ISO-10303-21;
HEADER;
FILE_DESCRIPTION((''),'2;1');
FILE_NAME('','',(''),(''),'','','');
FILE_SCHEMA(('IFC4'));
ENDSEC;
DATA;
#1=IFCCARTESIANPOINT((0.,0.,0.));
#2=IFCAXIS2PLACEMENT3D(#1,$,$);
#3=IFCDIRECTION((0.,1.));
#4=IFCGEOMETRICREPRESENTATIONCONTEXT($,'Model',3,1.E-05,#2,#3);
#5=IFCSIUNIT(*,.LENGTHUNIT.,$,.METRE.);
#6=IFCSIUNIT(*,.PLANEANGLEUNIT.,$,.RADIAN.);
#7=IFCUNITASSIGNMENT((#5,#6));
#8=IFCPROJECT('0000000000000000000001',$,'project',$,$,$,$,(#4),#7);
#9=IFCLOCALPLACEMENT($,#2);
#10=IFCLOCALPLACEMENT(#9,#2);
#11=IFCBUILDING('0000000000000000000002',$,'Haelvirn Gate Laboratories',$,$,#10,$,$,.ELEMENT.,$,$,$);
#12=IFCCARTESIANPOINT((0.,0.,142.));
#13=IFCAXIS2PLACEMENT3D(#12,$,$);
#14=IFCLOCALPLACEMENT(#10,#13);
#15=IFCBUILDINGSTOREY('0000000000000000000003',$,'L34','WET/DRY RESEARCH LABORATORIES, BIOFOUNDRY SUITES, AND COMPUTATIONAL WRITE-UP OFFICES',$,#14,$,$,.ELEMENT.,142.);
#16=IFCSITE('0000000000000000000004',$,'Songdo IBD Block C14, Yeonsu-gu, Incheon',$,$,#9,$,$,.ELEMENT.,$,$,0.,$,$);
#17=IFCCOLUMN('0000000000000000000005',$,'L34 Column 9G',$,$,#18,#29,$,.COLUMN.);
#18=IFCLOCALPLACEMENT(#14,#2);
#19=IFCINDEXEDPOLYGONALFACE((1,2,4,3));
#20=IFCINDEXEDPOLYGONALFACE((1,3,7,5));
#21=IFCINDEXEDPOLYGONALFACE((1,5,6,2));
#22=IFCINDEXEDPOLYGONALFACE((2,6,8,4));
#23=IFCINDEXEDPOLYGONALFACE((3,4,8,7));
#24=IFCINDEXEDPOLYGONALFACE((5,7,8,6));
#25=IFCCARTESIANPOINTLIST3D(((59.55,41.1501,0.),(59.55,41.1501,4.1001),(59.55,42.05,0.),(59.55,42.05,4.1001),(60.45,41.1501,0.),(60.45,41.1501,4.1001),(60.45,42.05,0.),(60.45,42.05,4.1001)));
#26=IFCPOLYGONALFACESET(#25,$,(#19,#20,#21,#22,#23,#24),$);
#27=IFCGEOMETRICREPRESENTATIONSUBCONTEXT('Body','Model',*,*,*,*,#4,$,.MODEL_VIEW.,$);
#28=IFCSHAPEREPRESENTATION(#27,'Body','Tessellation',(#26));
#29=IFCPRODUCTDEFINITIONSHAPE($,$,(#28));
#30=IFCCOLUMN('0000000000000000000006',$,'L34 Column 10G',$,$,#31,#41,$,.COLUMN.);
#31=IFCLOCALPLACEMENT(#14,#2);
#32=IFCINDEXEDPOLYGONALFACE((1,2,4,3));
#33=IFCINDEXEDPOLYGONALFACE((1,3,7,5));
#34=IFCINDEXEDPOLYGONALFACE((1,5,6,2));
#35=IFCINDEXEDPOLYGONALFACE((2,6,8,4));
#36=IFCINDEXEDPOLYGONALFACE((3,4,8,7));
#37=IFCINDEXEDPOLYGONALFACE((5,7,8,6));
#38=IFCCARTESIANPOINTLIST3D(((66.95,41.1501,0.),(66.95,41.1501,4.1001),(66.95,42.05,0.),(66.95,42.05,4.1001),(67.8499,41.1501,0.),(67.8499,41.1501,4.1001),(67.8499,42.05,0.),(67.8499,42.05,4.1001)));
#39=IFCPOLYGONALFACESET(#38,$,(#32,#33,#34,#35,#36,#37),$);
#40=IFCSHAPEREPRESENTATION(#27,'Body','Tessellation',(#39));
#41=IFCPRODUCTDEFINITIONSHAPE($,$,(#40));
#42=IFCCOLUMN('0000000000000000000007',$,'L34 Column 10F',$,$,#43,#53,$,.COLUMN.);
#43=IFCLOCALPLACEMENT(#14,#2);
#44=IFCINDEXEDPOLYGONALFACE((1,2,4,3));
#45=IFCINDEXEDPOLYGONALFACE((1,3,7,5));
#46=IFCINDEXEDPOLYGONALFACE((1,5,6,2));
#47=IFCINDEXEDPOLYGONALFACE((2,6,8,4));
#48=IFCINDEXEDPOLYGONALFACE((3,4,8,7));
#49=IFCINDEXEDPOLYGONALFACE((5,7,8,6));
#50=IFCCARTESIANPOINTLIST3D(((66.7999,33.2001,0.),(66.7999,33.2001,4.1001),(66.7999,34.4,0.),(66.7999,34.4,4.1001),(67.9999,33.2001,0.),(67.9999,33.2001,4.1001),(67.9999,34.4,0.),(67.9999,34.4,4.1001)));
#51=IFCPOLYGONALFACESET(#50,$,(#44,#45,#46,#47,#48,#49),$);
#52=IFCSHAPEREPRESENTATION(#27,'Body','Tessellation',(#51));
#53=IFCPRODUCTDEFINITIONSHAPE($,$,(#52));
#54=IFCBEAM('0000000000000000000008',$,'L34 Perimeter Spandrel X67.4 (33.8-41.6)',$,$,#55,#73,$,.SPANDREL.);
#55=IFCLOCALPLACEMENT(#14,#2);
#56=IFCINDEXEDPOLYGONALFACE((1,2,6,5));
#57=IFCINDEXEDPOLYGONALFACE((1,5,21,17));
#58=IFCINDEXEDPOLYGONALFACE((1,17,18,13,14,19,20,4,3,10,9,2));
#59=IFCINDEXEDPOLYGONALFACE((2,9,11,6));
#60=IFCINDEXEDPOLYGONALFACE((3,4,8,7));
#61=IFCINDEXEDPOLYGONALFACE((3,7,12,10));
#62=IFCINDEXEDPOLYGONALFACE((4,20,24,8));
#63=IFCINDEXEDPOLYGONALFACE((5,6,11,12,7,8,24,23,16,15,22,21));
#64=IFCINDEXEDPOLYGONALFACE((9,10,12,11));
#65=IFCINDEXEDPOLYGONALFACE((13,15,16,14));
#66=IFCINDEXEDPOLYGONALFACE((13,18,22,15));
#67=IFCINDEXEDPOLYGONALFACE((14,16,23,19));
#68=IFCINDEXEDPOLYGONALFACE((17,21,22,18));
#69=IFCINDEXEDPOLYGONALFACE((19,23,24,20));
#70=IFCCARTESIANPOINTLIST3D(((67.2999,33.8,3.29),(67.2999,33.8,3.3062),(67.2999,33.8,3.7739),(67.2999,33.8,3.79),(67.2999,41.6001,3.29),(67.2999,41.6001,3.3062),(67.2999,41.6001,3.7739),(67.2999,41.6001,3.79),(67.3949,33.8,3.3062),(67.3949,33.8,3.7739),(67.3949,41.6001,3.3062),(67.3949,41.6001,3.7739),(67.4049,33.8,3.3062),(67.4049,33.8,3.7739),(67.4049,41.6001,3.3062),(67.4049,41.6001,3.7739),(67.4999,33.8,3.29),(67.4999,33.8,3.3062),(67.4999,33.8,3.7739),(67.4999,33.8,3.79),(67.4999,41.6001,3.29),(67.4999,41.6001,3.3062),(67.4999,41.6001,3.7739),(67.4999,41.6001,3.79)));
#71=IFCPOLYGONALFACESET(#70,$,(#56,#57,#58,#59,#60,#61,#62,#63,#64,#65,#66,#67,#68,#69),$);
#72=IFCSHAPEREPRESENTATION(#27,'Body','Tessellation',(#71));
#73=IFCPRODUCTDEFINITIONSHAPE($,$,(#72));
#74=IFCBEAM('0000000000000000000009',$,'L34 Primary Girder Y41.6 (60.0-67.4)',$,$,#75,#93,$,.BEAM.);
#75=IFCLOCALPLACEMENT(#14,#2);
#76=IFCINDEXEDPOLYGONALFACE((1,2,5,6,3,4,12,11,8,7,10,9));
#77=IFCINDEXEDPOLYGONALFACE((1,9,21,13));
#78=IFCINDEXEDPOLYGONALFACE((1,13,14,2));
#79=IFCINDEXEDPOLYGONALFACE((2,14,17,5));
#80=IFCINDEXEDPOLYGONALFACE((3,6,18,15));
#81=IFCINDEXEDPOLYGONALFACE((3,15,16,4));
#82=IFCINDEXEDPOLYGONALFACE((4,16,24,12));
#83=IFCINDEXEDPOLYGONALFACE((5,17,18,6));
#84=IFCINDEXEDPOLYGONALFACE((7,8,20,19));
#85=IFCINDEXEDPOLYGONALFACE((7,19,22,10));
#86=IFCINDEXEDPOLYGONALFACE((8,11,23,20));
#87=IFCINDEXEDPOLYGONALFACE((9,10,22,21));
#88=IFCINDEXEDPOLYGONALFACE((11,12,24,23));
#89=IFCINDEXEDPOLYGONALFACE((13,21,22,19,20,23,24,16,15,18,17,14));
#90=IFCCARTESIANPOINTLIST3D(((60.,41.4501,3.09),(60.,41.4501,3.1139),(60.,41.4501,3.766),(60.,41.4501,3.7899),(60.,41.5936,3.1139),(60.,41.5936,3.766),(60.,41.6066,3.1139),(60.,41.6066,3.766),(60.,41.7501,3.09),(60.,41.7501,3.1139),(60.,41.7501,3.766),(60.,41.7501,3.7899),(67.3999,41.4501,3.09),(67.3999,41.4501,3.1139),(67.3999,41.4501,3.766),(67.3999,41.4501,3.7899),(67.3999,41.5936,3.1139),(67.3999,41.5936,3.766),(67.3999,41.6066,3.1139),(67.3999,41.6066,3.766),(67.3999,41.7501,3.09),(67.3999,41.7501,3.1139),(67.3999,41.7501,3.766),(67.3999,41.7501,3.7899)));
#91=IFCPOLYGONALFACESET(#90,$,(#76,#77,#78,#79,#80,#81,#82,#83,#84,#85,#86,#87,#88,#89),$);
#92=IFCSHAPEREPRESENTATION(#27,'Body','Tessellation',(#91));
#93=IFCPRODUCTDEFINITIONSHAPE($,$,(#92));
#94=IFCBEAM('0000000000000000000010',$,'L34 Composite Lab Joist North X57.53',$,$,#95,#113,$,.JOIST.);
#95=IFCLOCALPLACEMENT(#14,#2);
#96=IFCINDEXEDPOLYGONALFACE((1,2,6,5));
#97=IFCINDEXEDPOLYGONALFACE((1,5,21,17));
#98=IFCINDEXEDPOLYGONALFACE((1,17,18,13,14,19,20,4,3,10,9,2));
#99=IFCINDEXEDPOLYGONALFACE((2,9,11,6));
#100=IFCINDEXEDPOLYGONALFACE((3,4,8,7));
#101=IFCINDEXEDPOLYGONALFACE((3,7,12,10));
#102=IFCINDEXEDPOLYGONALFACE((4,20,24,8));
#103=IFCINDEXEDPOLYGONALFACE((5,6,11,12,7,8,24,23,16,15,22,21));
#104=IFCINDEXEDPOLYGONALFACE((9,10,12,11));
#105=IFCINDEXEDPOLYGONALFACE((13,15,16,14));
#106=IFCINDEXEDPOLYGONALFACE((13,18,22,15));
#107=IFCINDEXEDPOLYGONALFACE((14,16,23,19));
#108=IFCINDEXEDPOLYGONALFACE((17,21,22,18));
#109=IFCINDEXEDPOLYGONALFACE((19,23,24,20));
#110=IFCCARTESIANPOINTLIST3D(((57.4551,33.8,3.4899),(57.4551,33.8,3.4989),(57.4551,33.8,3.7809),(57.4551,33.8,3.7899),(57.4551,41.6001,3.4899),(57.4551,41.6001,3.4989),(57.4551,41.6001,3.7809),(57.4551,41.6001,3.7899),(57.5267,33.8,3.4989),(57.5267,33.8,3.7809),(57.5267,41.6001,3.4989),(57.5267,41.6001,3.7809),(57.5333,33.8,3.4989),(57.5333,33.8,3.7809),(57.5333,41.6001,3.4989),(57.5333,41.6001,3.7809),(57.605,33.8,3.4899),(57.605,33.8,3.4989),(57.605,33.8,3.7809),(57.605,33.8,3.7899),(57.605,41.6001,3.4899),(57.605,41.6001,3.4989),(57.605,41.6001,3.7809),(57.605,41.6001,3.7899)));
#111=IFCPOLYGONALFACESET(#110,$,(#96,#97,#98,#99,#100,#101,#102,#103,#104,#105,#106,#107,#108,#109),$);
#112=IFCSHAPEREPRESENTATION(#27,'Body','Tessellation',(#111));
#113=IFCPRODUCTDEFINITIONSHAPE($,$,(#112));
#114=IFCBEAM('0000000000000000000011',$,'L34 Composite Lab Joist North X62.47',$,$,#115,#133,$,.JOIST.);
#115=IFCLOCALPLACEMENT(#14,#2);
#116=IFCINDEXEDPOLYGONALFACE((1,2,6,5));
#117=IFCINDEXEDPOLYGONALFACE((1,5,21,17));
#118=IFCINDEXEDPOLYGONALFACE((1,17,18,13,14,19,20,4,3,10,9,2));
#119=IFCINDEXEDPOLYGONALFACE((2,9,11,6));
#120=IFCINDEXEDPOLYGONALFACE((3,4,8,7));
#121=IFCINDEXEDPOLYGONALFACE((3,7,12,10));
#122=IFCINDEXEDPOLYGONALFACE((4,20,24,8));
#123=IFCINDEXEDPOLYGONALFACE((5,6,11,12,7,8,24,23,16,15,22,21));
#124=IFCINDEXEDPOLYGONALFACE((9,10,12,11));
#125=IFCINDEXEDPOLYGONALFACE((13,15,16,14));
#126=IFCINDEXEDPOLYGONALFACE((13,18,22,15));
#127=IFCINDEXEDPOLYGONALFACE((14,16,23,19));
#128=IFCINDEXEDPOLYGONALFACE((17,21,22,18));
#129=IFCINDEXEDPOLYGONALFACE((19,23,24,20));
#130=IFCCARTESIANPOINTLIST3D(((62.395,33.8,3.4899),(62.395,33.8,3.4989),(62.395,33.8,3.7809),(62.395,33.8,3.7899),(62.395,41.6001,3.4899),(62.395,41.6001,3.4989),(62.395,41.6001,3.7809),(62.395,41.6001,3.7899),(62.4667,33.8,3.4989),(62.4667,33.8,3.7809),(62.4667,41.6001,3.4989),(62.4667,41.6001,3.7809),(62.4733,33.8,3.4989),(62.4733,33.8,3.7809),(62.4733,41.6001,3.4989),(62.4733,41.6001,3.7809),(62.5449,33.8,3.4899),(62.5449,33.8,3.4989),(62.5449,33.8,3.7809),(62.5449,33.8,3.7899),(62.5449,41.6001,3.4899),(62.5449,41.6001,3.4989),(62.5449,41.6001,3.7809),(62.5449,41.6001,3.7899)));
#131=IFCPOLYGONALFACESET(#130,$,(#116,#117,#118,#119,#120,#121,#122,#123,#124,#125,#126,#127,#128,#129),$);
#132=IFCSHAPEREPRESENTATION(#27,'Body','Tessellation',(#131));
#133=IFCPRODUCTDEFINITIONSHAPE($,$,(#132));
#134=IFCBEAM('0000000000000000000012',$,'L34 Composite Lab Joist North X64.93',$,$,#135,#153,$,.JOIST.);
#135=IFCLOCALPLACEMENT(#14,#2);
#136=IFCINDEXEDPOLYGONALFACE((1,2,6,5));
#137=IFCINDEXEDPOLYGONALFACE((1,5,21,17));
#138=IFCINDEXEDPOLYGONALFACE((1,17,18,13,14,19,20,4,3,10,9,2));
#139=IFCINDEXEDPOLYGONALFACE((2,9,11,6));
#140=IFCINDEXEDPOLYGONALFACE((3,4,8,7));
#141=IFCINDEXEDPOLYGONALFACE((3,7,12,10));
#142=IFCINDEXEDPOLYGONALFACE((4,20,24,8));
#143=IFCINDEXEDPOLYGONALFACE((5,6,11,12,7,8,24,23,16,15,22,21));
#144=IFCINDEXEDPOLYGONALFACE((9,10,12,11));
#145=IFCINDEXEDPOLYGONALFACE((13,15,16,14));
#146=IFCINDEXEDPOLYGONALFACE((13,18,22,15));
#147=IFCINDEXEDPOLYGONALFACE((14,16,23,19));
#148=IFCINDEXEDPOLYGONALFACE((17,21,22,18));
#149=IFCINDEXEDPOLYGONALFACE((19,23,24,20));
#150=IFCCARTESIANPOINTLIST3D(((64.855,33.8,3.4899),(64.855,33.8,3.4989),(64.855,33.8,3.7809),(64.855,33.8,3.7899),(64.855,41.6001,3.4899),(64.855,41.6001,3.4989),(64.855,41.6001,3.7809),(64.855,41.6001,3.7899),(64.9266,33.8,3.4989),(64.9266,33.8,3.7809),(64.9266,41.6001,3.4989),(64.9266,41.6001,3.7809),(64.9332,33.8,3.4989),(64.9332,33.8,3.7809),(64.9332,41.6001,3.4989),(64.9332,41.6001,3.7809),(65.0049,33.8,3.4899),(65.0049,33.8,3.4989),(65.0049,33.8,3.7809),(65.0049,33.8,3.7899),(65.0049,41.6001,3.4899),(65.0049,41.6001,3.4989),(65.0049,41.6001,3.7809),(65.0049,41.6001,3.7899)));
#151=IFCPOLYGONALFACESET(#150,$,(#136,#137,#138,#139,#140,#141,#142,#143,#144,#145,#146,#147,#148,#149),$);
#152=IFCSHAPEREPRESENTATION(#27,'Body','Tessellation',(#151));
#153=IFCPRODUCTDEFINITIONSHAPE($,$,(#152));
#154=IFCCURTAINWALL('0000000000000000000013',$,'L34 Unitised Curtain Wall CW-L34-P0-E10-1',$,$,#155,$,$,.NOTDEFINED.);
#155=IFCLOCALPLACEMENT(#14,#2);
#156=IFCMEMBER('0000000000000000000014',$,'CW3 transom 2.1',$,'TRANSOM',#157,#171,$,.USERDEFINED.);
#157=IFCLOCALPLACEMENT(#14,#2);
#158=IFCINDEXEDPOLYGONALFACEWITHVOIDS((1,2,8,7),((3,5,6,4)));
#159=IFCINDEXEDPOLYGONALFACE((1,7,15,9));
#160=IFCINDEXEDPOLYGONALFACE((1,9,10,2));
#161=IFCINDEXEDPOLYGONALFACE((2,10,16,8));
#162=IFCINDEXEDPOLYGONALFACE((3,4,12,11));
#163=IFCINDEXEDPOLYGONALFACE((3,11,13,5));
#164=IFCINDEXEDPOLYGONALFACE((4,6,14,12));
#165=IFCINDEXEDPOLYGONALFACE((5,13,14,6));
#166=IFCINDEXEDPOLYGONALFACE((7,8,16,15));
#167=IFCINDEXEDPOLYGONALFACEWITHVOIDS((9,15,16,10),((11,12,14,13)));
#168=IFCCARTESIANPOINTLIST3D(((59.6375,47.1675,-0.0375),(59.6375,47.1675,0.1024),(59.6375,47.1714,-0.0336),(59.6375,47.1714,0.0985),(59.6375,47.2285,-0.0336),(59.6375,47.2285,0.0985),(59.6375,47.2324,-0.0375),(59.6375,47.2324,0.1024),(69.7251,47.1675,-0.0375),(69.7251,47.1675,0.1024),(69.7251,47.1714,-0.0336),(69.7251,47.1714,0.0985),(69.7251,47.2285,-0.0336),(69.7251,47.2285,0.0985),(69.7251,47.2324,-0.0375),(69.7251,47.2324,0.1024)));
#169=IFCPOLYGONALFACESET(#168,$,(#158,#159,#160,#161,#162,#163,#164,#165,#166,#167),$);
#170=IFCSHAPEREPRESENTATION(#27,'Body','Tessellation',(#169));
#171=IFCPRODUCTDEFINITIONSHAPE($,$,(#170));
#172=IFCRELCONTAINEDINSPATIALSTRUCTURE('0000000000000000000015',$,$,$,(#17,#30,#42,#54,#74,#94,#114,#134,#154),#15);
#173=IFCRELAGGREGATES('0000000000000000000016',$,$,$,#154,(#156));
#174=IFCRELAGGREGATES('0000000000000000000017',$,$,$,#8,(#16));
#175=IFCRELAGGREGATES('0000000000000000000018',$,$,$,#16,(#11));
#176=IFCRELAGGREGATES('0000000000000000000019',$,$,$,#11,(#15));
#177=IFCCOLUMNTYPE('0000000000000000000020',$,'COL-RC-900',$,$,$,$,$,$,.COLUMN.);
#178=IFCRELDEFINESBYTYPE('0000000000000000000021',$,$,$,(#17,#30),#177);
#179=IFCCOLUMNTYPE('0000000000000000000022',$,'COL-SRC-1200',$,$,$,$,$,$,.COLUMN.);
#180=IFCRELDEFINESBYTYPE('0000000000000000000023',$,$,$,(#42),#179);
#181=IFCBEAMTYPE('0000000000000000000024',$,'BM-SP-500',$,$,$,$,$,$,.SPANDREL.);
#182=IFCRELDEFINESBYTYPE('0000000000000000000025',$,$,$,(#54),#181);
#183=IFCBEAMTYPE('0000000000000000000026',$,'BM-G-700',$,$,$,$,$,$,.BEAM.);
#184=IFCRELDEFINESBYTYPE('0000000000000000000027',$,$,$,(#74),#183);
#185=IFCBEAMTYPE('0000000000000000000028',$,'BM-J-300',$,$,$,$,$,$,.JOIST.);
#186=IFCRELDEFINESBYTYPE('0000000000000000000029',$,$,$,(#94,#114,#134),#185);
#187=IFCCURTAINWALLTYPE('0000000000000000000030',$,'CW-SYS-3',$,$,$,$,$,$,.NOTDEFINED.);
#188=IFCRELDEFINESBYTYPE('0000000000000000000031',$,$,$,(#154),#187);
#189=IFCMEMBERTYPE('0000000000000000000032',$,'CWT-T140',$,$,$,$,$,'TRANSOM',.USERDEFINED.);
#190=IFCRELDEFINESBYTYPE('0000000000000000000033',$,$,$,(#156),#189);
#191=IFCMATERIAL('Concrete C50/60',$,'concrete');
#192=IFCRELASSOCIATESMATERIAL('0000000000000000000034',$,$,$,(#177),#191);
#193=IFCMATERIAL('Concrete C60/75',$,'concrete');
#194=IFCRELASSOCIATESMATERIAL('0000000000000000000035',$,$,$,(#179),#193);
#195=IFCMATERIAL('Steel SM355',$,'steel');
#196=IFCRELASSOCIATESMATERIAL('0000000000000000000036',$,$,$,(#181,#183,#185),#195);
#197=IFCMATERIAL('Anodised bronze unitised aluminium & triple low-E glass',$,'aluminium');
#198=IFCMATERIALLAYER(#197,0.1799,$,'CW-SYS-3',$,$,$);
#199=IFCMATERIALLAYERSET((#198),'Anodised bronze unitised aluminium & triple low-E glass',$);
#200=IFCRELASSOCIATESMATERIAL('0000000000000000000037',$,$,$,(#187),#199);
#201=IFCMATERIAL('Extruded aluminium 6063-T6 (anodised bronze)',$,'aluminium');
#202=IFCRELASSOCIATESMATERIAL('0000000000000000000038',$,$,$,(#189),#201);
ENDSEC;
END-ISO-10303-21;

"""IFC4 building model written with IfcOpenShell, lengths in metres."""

from ifc_helpers import new_model, si_unit, direction, frame, origin, origin_2d, place, context, subcontext, project, spatial, rectangle, hollow_rectangle, i_section, extrude, source, transform, mapped, material, layer, layer_set, material_profile, profile_set, type_object, type_shapes, element, aggregate, save


model = new_model("IFC4")

# Units and contexts
model_context = context("Model", 3, precision=1e-05, world=origin(), true_north=direction((0.0, 1.0)))
body_context = subcontext(model_context, "Body", "Model", "MODEL_VIEW")
ifc_project = project(units=[si_unit("LENGTHUNIT", "METRE"), si_unit("PLANEANGLEUNIT", "RADIAN")], contexts=[model_context])

# Site, building, storey
site_placement = place(None, origin())
site = spatial("IfcSite", under=ifc_project, at=site_placement, Name="Songdo IBD Block C14, Yeonsu-gu, Incheon", CompositionType="ELEMENT", RefElevation=0.0)
building_placement = place(site_placement, origin())
building = spatial("IfcBuilding", under=site, at=building_placement, Name="Haelvirn Gate Laboratories", CompositionType="ELEMENT")
storey_placement = place(building_placement, frame((0.0, 0.0, 142.0)))
storey = spatial("IfcBuildingStorey", under=building, at=storey_placement, Name="L34", Description="WET/DRY RESEARCH LABORATORIES, BIOFOUNDRY SUITES, AND COMPUTATIONAL WRITE-UP OFFICES", CompositionType="ELEMENT", Elevation=142.0)

# Columns
ifc_material_1 = material(Name="Concrete C50/60", Category="concrete")
ifc_material_profile_1 = material_profile(ifc_material_1, rectangle(XDim=0.8999, YDim=0.8999, at=origin_2d()), Name="RC-900x900")
ifc_profile_set_1 = profile_set([ifc_material_profile_1], Name="Concrete C50/60")
column_type_1 = type_object("IfcColumnType", Name="COL-RC-900", PredefinedType="COLUMN", material=ifc_profile_set_1)
shared_shape_1 = source(origin(), body_context, "Body", "SweptSolid", [
    extrude(rectangle(XDim=0.8999, YDim=0.8999, at=origin_2d()), origin(), (0.0, 0.0, 1.0), 4.1001),
])
type_shapes(column_type_1, [shared_shape_1])
for number, where, z_axis, x_axis, name in (
    (1, (60.0, 41.6001, 0.0), (0.0, 0.0, 1.0), (1.0, 0.0, 0.0), "L34 Column 9G"),
    (2, (67.3999, 41.6001, 0.0), (0.0, 0.0, 1.0), (1.0, 0.0, 0.0), "L34 Column 10G"),
):
    element("IfcColumn", number, at=place(storey_placement, frame(where, z_axis=z_axis, x_axis=x_axis)), inside=storey, type_object=column_type_1, Name=name, PredefinedType="COLUMN", context=body_context, shape_type="MappedRepresentation", body=[
        mapped(shared_shape_1, transform((0.0, 0.0, 0.0), scale=1.0)),
    ])
ifc_material_2 = material(Name="Concrete C60/75", Category="concrete")
ifc_material_profile_2 = material_profile(ifc_material_2, rectangle(XDim=1.2, YDim=1.2, at=origin_2d()), Name="SRC-1200x1200")
ifc_profile_set_2 = profile_set([ifc_material_profile_2], Name="Concrete C60/75")
column_type_2 = type_object("IfcColumnType", Name="COL-SRC-1200", PredefinedType="COLUMN", material=ifc_profile_set_2)
shared_shape_2 = source(origin(), body_context, "Body", "SweptSolid", [
    extrude(rectangle(XDim=1.2, YDim=1.2, at=origin_2d()), origin(), (0.0, 0.0, 1.0), 4.1001),
])
type_shapes(column_type_2, [shared_shape_2])
column_placement = place(storey_placement, frame((67.3999, 33.8, 0.0), z_axis=(0.0, 0.0, 1.0), x_axis=(1.0, 0.0, 0.0)))
element("IfcColumn", 3, at=column_placement, inside=storey, type_object=column_type_2, Name="L34 Column 10F", PredefinedType="COLUMN", context=body_context, shape_type="MappedRepresentation", body=[
    mapped(shared_shape_2, transform((0.0, 0.0, 0.0), scale=1.0)),
])

# Beams
ifc_material_3 = material(Name="Steel SM355", Category="steel")
ifc_material_profile_3 = material_profile(ifc_material_3, i_section(OverallWidth=0.2, OverallDepth=0.5, WebThickness=0.01, FlangeThickness=0.0161, at=origin_2d()), Name="H-500x200x10x16")
ifc_profile_set_3 = profile_set([ifc_material_profile_3], Name="Steel SM355")
beam_type_1 = type_object("IfcBeamType", Name="BM-SP-500", PredefinedType="SPANDREL", material=ifc_profile_set_3)
shared_shape_3 = source(origin(), body_context, "Body", "SweptSolid", [
    extrude(i_section(OverallWidth=0.2, OverallDepth=0.5, WebThickness=0.01, FlangeThickness=0.0161, at=origin_2d()), origin(), (0.0, 0.0, 1.0), 7.8),
])
type_shapes(beam_type_1, [shared_shape_3])
beam_1_placement = place(storey_placement, frame((67.3999, 33.8, 3.54), z_axis=(0.0, 1.0, 0.0), x_axis=(-1.0, 0.0, 0.0)))
element("IfcBeam", 4, at=beam_1_placement, inside=storey, type_object=beam_type_1, Name="L34 Perimeter Spandrel X67.4 (33.8-41.6)", PredefinedType="SPANDREL", context=body_context, shape_type="MappedRepresentation", body=[
    mapped(shared_shape_3, transform((0.0, 0.0, 0.0), scale=1.0)),
])
ifc_material_profile_4 = material_profile(ifc_material_3, i_section(OverallWidth=0.3, OverallDepth=0.7, WebThickness=0.0129, FlangeThickness=0.0239, at=origin_2d()), Name="H-700x300x13x24")
ifc_profile_set_4 = profile_set([ifc_material_profile_4], Name="Steel SM355")
beam_type_2 = type_object("IfcBeamType", Name="BM-G-700", PredefinedType="BEAM", material=ifc_profile_set_4)
shared_shape_4 = source(origin(), body_context, "Body", "SweptSolid", [
    extrude(i_section(OverallWidth=0.3, OverallDepth=0.7, WebThickness=0.0129, FlangeThickness=0.0239, at=origin_2d()), origin(), (0.0, 0.0, 1.0), 7.3999),
])
type_shapes(beam_type_2, [shared_shape_4])
beam_2_placement = place(storey_placement, frame((60.0, 41.6001, 3.4399), z_axis=(1.0, 0.0, 0.0), x_axis=(0.0, 1.0, 0.0)))
element("IfcBeam", 5, at=beam_2_placement, inside=storey, type_object=beam_type_2, Name="L34 Primary Girder Y41.6 (60.0-67.4)", PredefinedType="BEAM", context=body_context, shape_type="MappedRepresentation", body=[
    mapped(shared_shape_4, transform((0.0, 0.0, 0.0), scale=1.0)),
])
ifc_material_profile_5 = material_profile(ifc_material_3, i_section(OverallWidth=0.1499, OverallDepth=0.3, WebThickness=0.0066, FlangeThickness=0.009, at=origin_2d()), Name="H-300x150x6.5x9")
ifc_profile_set_5 = profile_set([ifc_material_profile_5], Name="Steel SM355")
beam_type_3 = type_object("IfcBeamType", Name="BM-J-300", PredefinedType="JOIST", material=ifc_profile_set_5)
shared_shape_5 = source(origin(), body_context, "Body", "SweptSolid", [
    extrude(i_section(OverallWidth=0.1499, OverallDepth=0.3, WebThickness=0.0066, FlangeThickness=0.009, at=origin_2d()), origin(), (0.0, 0.0, 1.0), 7.8),
])
type_shapes(beam_type_3, [shared_shape_5])
for number, where, z_axis, x_axis, name in (
    (6, (57.53, 33.8, 3.6399), (0.0, 1.0, 0.0), (-1.0, 0.0, 0.0), "L34 Composite Lab Joist North X57.53"),
    (7, (62.47, 33.8, 3.6399), (0.0, 1.0, 0.0), (-1.0, 0.0, 0.0), "L34 Composite Lab Joist North X62.47"),
    (8, (64.9299, 33.8, 3.6399), (0.0, 1.0, 0.0), (-1.0, 0.0, 0.0), "L34 Composite Lab Joist North X64.93"),
):
    element("IfcBeam", number, at=place(storey_placement, frame(where, z_axis=z_axis, x_axis=x_axis)), inside=storey, type_object=beam_type_3, Name=name, PredefinedType="JOIST", context=body_context, shape_type="MappedRepresentation", body=[
        mapped(shared_shape_5, transform((0.0, 0.0, 0.0), scale=1.0)),
    ])

# Curtain wall, member
ifc_material_4 = material(Name="Anodised bronze unitised aluminium & triple low-E glass", Category="aluminium")
ifc_layer_1 = layer(ifc_material_4, 0.1799, Name="CW-SYS-3")
ifc_layer_set_1 = layer_set([ifc_layer_1], Name="Anodised bronze unitised aluminium & triple low-E glass")
curtain_wall_type_1 = type_object("IfcCurtainWallType", Name="CW-SYS-3", PredefinedType="NOTDEFINED", material=ifc_layer_set_1)
curtain_wall_1_placement = place(storey_placement, origin())
curtain_wall_1 = element("IfcCurtainWall", 9, at=curtain_wall_1_placement, inside=storey, type_object=curtain_wall_type_1, Name="L34 Unitised Curtain Wall CW-L34-P0-E10-1", PredefinedType="NOTDEFINED")
ifc_material_5 = material(Name="Extruded aluminium 6063-T6 (anodised bronze)", Category="aluminium")
ifc_material_profile_6 = material_profile(ifc_material_5, hollow_rectangle(XDim=0.0649, YDim=0.1399, WallThickness=0.0039, at=origin_2d()), Name="CWT-140x65x4")
ifc_profile_set_6 = profile_set([ifc_material_profile_6], Name="Extruded aluminium 6063-T6 (anodised bronze)")
member_type_1 = type_object("IfcMemberType", Name="CWT-T140", ElementType="TRANSOM", PredefinedType="USERDEFINED", material=ifc_profile_set_6)
shared_shape_6 = source(origin(), body_context, "Body", "SweptSolid", [
    extrude(hollow_rectangle(XDim=0.0649, YDim=0.1399, WallThickness=0.0039, at=origin_2d()), origin(), (0.0, 0.0, 1.0), 10.0876),
])
member_1_placement = place(storey_placement, frame((59.6375, 47.2, 0.0325), z_axis=(1.0, 0.0, 0.0), x_axis=(0.0, 1.0, 0.0)))
member_1 = element("IfcMember", 10, at=member_1_placement, type_object=member_type_1, Name="CW3 transom 2.1", ObjectType="TRANSOM", PredefinedType="USERDEFINED", context=body_context, shape_type="MappedRepresentation", body=[
    mapped(shared_shape_6, transform((0.0, 0.0, 0.0), scale=1.0)),
])

aggregate(curtain_wall_1, [member_1])

save(model, "model.ifc")
